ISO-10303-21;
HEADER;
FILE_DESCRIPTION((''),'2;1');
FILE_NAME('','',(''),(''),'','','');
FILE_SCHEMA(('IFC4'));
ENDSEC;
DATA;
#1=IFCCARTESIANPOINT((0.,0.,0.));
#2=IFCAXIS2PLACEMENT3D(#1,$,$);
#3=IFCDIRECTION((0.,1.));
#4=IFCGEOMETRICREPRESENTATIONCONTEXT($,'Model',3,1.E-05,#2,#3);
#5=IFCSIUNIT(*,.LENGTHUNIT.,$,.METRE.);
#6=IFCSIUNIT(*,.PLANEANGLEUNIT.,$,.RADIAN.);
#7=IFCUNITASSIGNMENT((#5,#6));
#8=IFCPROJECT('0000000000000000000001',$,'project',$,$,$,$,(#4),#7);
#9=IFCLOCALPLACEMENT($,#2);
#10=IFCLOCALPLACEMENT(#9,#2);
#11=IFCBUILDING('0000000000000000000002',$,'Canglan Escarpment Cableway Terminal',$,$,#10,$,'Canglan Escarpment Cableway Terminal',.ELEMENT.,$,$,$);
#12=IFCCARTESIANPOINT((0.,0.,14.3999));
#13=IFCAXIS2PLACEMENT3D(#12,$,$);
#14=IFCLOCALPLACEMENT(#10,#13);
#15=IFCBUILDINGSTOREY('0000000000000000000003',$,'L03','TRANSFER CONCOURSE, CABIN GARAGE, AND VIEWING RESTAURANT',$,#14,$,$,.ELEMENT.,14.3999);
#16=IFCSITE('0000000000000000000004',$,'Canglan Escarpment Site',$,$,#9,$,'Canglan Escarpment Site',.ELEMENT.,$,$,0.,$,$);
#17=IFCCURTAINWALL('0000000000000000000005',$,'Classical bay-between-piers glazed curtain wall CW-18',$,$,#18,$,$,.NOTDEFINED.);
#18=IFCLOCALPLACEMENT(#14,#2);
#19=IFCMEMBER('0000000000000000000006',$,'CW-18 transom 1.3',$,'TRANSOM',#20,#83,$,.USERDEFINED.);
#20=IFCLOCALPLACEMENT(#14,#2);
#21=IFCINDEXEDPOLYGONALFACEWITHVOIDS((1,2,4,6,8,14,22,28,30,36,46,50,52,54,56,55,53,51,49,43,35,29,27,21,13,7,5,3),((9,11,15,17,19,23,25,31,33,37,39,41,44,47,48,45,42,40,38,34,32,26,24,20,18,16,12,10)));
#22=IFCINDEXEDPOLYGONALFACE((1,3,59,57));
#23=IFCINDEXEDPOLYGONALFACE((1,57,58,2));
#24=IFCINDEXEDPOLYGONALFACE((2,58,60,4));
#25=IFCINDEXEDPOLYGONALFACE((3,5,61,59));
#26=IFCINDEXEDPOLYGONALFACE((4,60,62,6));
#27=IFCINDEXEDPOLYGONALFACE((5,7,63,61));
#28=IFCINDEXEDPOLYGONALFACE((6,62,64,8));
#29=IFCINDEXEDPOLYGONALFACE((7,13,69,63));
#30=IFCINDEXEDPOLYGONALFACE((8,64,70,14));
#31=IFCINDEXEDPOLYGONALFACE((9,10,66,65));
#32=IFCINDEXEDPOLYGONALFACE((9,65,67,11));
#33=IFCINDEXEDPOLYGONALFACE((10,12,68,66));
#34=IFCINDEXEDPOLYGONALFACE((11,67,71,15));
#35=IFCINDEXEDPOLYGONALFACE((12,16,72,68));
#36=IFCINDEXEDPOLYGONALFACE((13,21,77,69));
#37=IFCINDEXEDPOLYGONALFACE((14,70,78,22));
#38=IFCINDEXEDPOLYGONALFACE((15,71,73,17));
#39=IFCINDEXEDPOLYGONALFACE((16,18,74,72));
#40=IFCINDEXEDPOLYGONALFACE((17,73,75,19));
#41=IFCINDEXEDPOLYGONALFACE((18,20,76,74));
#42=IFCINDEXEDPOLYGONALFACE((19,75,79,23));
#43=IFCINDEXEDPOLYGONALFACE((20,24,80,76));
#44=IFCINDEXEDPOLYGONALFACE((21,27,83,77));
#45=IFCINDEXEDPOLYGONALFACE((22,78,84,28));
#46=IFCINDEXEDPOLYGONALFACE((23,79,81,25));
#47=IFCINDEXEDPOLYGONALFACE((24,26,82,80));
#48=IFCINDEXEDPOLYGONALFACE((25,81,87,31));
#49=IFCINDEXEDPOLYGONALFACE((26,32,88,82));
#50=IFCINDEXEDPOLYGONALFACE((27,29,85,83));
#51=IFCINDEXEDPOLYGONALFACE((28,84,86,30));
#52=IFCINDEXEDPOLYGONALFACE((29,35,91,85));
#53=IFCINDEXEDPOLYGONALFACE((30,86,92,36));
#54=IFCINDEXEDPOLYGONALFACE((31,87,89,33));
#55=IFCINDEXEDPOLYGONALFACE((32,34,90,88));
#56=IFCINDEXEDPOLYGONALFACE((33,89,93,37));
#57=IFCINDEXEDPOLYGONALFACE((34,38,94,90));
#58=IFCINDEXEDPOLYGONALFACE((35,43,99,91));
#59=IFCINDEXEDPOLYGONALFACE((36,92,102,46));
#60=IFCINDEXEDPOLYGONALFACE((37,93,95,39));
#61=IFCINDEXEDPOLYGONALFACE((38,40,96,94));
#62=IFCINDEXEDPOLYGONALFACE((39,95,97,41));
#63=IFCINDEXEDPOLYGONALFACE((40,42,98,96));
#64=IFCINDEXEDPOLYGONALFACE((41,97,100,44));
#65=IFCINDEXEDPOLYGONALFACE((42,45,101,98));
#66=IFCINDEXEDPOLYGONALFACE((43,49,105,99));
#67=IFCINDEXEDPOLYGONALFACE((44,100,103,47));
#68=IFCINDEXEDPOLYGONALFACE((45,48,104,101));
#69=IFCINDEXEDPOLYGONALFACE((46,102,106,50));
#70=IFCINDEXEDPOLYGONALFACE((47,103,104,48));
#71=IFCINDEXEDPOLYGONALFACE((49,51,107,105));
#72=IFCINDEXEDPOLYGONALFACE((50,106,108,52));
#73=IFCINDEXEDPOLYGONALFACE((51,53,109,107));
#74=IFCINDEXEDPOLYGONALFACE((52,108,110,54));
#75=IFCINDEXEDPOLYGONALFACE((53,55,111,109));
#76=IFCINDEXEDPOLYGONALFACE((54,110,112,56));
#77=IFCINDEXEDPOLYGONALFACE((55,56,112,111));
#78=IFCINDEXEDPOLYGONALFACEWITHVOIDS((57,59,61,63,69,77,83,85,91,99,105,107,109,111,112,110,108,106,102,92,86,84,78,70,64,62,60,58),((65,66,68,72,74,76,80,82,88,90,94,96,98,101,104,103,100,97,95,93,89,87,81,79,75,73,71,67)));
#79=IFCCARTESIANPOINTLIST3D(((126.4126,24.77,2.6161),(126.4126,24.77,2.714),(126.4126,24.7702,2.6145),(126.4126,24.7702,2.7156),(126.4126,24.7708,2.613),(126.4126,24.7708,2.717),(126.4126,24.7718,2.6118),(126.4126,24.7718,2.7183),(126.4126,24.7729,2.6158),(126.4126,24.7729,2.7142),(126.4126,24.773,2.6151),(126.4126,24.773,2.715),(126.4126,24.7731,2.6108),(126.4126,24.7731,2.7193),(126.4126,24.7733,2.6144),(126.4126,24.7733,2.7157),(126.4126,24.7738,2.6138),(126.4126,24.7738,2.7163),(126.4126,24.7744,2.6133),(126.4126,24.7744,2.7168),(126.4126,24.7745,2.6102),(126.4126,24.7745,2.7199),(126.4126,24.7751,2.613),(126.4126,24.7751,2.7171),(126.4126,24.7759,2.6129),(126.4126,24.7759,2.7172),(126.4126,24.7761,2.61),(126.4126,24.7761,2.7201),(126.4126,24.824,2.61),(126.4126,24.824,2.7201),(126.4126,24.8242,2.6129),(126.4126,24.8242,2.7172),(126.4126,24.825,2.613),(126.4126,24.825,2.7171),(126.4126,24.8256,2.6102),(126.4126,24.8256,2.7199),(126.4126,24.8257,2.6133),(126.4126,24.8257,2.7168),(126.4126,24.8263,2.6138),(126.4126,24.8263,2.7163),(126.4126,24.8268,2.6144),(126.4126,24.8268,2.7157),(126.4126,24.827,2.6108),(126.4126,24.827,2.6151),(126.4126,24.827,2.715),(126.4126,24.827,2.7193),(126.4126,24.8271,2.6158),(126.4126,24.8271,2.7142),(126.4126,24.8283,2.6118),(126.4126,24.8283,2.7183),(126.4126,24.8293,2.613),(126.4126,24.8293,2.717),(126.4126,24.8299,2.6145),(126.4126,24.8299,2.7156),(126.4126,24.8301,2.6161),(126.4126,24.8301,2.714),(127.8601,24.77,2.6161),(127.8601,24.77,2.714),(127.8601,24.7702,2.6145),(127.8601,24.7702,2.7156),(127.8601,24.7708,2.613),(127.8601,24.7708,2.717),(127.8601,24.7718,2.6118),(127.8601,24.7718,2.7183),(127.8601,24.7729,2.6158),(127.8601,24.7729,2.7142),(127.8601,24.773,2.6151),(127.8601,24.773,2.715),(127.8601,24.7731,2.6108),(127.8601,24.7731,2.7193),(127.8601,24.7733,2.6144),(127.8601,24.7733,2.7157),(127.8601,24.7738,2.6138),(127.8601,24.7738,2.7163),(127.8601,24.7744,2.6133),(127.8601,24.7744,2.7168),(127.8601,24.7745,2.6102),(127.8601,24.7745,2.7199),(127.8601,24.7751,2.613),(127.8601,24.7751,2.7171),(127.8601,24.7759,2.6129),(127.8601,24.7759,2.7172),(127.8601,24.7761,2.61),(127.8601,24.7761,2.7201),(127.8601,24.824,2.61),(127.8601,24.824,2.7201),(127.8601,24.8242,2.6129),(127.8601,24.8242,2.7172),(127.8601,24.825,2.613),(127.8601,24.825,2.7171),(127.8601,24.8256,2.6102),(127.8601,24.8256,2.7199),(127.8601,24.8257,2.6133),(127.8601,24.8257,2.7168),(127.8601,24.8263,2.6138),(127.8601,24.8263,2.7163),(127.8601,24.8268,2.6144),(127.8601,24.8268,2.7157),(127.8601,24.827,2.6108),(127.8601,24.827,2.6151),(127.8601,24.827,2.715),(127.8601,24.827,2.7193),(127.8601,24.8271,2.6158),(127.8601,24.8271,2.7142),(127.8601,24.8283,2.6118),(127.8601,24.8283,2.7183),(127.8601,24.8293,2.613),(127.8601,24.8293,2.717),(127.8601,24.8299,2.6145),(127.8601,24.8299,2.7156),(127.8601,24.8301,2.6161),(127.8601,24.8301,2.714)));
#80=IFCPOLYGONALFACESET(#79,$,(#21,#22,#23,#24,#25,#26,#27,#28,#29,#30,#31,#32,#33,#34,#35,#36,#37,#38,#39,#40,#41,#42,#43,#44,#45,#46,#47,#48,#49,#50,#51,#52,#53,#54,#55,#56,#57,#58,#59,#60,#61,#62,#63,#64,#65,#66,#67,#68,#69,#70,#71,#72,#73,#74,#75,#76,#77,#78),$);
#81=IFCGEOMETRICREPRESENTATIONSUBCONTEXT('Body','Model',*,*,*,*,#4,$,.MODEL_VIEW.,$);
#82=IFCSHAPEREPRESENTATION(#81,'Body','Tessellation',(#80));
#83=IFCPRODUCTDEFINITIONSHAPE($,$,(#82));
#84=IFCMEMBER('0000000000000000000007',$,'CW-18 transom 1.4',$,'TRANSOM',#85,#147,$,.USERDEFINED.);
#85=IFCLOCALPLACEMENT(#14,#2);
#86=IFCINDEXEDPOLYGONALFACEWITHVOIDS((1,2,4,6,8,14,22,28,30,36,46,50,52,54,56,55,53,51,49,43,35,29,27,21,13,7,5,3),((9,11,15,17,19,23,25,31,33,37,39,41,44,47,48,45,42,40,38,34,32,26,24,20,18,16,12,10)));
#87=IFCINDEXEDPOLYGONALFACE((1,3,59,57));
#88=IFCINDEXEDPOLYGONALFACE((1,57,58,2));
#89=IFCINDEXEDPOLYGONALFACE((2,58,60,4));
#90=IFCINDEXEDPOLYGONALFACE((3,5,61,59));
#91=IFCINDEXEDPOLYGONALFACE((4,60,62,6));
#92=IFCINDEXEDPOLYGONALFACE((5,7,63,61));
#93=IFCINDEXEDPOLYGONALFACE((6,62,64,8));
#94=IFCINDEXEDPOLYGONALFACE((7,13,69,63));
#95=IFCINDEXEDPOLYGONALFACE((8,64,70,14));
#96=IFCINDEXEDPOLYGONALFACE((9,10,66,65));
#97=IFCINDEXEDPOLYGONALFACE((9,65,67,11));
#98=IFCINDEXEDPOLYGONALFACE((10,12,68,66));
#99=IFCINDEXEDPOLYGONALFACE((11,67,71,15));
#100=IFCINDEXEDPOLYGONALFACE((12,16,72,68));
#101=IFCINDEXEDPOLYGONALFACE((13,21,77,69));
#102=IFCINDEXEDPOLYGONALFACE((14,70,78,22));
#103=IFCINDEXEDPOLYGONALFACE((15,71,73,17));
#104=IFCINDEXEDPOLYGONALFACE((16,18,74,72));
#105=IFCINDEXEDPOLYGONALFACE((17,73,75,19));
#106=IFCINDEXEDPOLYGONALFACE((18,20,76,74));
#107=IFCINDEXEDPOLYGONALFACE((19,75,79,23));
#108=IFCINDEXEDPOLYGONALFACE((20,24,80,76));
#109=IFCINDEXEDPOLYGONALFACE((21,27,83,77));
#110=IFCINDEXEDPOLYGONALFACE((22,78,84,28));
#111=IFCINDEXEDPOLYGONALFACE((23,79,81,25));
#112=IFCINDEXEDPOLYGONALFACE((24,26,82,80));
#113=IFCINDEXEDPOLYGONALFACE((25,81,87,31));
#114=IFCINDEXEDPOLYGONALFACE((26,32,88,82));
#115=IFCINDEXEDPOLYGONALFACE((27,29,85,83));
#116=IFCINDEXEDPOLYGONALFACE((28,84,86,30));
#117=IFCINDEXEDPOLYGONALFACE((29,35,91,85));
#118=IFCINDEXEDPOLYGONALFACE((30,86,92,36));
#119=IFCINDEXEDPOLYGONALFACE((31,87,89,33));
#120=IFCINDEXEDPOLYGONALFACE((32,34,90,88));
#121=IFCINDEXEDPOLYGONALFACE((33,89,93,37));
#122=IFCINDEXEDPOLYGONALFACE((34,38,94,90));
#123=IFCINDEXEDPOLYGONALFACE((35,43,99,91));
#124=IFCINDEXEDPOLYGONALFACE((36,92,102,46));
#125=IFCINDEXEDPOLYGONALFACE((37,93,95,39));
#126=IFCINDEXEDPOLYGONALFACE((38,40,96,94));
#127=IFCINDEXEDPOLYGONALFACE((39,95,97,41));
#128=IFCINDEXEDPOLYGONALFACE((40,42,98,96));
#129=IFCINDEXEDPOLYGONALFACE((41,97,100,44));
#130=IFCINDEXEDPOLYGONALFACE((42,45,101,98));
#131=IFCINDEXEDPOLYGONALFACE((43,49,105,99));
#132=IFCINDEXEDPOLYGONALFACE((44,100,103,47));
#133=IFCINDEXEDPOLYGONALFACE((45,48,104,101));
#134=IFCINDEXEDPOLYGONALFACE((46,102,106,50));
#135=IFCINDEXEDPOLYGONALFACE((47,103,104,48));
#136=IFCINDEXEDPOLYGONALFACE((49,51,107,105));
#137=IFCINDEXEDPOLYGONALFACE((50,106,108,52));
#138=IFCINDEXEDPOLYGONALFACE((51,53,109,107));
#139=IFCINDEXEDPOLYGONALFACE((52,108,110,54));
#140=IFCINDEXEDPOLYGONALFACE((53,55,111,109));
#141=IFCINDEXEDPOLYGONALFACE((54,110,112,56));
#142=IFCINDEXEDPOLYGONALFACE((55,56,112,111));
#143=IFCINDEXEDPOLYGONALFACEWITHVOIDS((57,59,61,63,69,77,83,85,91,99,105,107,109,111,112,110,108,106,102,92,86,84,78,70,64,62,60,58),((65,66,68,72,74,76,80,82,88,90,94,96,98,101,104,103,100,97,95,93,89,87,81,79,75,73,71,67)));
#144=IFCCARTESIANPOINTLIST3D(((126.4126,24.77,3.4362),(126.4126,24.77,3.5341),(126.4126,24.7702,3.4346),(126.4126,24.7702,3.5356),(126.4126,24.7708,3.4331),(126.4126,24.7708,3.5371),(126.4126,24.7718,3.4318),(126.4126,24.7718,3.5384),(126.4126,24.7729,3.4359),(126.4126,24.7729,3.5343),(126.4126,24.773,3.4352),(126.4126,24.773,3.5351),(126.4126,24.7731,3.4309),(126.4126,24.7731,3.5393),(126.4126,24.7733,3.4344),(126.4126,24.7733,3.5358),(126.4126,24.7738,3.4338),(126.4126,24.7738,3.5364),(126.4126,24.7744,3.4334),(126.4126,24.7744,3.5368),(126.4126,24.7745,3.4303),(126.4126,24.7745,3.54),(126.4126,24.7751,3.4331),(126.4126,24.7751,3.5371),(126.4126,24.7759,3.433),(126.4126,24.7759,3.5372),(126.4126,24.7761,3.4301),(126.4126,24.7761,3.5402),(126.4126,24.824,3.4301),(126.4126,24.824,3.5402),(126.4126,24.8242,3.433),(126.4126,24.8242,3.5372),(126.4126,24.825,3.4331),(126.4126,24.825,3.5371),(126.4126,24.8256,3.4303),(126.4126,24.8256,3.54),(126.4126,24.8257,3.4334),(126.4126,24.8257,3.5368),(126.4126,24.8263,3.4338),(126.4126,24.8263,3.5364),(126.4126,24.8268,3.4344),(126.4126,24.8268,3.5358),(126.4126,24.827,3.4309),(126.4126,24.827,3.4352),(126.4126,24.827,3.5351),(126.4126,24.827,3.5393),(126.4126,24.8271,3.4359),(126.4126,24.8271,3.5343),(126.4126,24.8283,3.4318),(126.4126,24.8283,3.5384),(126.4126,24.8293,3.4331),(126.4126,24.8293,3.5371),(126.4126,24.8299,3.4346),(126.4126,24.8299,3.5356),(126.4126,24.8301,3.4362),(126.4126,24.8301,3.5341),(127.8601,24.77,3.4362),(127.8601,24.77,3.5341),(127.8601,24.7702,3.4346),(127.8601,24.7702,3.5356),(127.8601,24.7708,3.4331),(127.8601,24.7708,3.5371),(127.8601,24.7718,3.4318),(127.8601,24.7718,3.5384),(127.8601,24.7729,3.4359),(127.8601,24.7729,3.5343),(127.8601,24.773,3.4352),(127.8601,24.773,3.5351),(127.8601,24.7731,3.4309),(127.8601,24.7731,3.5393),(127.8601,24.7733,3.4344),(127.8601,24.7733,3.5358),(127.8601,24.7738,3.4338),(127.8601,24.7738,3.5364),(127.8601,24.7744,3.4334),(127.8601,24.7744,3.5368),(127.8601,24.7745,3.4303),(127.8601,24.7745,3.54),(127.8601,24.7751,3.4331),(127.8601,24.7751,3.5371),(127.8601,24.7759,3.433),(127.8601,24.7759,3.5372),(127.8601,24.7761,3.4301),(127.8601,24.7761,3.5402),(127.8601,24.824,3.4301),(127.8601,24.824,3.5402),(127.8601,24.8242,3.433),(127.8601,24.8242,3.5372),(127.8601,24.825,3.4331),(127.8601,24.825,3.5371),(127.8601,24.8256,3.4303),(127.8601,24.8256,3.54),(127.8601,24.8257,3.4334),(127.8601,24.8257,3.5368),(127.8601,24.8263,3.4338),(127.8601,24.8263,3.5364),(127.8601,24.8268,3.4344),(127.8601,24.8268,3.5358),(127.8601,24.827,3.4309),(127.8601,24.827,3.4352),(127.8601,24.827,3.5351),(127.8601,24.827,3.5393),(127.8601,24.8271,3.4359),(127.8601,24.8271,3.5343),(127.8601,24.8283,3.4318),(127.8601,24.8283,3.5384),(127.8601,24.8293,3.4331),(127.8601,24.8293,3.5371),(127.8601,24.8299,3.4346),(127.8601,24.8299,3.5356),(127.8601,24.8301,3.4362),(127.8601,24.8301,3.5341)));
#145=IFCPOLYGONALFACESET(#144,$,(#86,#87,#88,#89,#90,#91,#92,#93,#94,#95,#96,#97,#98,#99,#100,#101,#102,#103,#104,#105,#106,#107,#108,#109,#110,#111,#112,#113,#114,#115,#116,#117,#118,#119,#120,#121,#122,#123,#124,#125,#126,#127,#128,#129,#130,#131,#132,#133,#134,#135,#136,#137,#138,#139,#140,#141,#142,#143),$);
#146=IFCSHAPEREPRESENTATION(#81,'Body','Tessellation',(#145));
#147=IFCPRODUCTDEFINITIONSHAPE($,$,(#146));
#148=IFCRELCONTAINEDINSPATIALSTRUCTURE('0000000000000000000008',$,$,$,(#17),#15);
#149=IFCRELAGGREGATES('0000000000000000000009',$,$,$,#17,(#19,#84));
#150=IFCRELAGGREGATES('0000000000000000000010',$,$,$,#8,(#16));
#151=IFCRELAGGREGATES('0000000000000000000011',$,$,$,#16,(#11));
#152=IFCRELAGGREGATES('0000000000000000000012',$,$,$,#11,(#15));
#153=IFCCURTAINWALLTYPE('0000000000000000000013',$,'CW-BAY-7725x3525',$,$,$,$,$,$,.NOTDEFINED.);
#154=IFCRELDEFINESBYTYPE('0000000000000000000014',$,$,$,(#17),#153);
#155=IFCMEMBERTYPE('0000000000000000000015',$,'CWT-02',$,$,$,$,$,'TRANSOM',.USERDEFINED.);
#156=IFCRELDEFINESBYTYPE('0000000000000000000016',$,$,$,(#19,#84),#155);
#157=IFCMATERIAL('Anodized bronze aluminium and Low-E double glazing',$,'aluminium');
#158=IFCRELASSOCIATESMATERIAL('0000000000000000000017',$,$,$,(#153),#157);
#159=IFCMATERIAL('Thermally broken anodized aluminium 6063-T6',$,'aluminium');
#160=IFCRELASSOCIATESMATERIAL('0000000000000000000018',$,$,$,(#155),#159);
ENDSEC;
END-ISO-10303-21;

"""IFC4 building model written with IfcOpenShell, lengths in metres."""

from ifc_helpers import new_model, si_unit, direction, frame, origin, origin_2d, place, context, subcontext, project, spatial, hollow_rectangle, extrude, material, material_profile, profile_set, type_object, element, aggregate, save


model = new_model("IFC4")

# Units and contexts
model_context = context("Model", 3, precision=1e-05, world=origin(), true_north=direction((0.0, 1.0)))
body_context = subcontext(model_context, "Body", "Model", "MODEL_VIEW")
ifc_project = project(units=[si_unit("LENGTHUNIT", "METRE"), si_unit("PLANEANGLEUNIT", "RADIAN")], contexts=[model_context])

# Site, building, storey
site_placement = place(None, origin())
site = spatial("IfcSite", under=ifc_project, at=site_placement, Name="Canglan Escarpment Site", LongName="Canglan Escarpment Site", CompositionType="ELEMENT", RefElevation=0.0)
building_placement = place(site_placement, origin())
building = spatial("IfcBuilding", under=site, at=building_placement, Name="Canglan Escarpment Cableway Terminal", LongName="Canglan Escarpment Cableway Terminal", CompositionType="ELEMENT")
storey_placement = place(building_placement, frame((0.0, 0.0, 14.3999)))
storey = spatial("IfcBuildingStorey", under=building, at=storey_placement, Name="L03", Description="TRANSFER CONCOURSE, CABIN GARAGE, AND VIEWING RESTAURANT", CompositionType="ELEMENT", Elevation=14.3999)

# Curtain wall
ifc_material_1 = material(Name="Anodized bronze aluminium and Low-E double glazing", Category="aluminium")
curtain_wall_type_1 = type_object("IfcCurtainWallType", Name="CW-BAY-7725x3525", PredefinedType="NOTDEFINED", material=ifc_material_1)
curtain_wall_1_placement = place(storey_placement, origin())
curtain_wall_1 = element("IfcCurtainWall", 1, at=curtain_wall_1_placement, inside=storey, type_object=curtain_wall_type_1, Name="Classical bay-between-piers glazed curtain wall CW-18", PredefinedType="NOTDEFINED")
ifc_material_2 = material(Name="Thermally broken anodized aluminium 6063-T6", Category="aluminium")

# Members
ifc_material_profile_1 = material_profile(ifc_material_2, hollow_rectangle(XDim=0.0601, YDim=0.1101, WallThickness=0.0029, InnerFilletRadius=0.0029, OuterFilletRadius=0.0061, at=origin_2d()), Name="ALU-TRAN 60x110x3")
ifc_profile_set_1 = profile_set([ifc_material_profile_1], Name="Thermally broken anodized aluminium 6063-T6")
member_type_1 = type_object("IfcMemberType", Name="CWT-02", ElementType="TRANSOM", PredefinedType="USERDEFINED", material=ifc_profile_set_1)
member_1_placement = place(storey_placement, frame((127.8601, 24.8, 2.665), z_axis=(-1.0, 0.0, 0.0), x_axis=(0.0, -1.0, 0.0)))
member_1 = element("IfcMember", 2, at=member_1_placement, type_object=member_type_1, Name="CW-18 transom 1.3", ObjectType="TRANSOM", PredefinedType="USERDEFINED", context=body_context, shape_type="SweptSolid", body=[
    extrude(hollow_rectangle(XDim=0.0601, YDim=0.1101, WallThickness=0.0029, InnerFilletRadius=0.0029, OuterFilletRadius=0.0061, at=origin_2d()), origin(), (0.0, 0.0, 1.0), 1.4475),
])
member_2_placement = place(storey_placement, frame((127.8601, 24.8, 3.4851), z_axis=(-1.0, 0.0, 0.0), x_axis=(0.0, -1.0, 0.0)))
member_2 = element("IfcMember", 3, at=member_2_placement, type_object=member_type_1, Name="CW-18 transom 1.4", ObjectType="TRANSOM", PredefinedType="USERDEFINED", context=body_context, shape_type="SweptSolid", body=[
    extrude(hollow_rectangle(XDim=0.0601, YDim=0.1101, WallThickness=0.0029, InnerFilletRadius=0.0029, OuterFilletRadius=0.0061, at=origin_2d()), origin(), (0.0, 0.0, 1.0), 1.4475),
])
aggregate(curtain_wall_1, [member_1, member_2])

save(model, "model.ifc")
